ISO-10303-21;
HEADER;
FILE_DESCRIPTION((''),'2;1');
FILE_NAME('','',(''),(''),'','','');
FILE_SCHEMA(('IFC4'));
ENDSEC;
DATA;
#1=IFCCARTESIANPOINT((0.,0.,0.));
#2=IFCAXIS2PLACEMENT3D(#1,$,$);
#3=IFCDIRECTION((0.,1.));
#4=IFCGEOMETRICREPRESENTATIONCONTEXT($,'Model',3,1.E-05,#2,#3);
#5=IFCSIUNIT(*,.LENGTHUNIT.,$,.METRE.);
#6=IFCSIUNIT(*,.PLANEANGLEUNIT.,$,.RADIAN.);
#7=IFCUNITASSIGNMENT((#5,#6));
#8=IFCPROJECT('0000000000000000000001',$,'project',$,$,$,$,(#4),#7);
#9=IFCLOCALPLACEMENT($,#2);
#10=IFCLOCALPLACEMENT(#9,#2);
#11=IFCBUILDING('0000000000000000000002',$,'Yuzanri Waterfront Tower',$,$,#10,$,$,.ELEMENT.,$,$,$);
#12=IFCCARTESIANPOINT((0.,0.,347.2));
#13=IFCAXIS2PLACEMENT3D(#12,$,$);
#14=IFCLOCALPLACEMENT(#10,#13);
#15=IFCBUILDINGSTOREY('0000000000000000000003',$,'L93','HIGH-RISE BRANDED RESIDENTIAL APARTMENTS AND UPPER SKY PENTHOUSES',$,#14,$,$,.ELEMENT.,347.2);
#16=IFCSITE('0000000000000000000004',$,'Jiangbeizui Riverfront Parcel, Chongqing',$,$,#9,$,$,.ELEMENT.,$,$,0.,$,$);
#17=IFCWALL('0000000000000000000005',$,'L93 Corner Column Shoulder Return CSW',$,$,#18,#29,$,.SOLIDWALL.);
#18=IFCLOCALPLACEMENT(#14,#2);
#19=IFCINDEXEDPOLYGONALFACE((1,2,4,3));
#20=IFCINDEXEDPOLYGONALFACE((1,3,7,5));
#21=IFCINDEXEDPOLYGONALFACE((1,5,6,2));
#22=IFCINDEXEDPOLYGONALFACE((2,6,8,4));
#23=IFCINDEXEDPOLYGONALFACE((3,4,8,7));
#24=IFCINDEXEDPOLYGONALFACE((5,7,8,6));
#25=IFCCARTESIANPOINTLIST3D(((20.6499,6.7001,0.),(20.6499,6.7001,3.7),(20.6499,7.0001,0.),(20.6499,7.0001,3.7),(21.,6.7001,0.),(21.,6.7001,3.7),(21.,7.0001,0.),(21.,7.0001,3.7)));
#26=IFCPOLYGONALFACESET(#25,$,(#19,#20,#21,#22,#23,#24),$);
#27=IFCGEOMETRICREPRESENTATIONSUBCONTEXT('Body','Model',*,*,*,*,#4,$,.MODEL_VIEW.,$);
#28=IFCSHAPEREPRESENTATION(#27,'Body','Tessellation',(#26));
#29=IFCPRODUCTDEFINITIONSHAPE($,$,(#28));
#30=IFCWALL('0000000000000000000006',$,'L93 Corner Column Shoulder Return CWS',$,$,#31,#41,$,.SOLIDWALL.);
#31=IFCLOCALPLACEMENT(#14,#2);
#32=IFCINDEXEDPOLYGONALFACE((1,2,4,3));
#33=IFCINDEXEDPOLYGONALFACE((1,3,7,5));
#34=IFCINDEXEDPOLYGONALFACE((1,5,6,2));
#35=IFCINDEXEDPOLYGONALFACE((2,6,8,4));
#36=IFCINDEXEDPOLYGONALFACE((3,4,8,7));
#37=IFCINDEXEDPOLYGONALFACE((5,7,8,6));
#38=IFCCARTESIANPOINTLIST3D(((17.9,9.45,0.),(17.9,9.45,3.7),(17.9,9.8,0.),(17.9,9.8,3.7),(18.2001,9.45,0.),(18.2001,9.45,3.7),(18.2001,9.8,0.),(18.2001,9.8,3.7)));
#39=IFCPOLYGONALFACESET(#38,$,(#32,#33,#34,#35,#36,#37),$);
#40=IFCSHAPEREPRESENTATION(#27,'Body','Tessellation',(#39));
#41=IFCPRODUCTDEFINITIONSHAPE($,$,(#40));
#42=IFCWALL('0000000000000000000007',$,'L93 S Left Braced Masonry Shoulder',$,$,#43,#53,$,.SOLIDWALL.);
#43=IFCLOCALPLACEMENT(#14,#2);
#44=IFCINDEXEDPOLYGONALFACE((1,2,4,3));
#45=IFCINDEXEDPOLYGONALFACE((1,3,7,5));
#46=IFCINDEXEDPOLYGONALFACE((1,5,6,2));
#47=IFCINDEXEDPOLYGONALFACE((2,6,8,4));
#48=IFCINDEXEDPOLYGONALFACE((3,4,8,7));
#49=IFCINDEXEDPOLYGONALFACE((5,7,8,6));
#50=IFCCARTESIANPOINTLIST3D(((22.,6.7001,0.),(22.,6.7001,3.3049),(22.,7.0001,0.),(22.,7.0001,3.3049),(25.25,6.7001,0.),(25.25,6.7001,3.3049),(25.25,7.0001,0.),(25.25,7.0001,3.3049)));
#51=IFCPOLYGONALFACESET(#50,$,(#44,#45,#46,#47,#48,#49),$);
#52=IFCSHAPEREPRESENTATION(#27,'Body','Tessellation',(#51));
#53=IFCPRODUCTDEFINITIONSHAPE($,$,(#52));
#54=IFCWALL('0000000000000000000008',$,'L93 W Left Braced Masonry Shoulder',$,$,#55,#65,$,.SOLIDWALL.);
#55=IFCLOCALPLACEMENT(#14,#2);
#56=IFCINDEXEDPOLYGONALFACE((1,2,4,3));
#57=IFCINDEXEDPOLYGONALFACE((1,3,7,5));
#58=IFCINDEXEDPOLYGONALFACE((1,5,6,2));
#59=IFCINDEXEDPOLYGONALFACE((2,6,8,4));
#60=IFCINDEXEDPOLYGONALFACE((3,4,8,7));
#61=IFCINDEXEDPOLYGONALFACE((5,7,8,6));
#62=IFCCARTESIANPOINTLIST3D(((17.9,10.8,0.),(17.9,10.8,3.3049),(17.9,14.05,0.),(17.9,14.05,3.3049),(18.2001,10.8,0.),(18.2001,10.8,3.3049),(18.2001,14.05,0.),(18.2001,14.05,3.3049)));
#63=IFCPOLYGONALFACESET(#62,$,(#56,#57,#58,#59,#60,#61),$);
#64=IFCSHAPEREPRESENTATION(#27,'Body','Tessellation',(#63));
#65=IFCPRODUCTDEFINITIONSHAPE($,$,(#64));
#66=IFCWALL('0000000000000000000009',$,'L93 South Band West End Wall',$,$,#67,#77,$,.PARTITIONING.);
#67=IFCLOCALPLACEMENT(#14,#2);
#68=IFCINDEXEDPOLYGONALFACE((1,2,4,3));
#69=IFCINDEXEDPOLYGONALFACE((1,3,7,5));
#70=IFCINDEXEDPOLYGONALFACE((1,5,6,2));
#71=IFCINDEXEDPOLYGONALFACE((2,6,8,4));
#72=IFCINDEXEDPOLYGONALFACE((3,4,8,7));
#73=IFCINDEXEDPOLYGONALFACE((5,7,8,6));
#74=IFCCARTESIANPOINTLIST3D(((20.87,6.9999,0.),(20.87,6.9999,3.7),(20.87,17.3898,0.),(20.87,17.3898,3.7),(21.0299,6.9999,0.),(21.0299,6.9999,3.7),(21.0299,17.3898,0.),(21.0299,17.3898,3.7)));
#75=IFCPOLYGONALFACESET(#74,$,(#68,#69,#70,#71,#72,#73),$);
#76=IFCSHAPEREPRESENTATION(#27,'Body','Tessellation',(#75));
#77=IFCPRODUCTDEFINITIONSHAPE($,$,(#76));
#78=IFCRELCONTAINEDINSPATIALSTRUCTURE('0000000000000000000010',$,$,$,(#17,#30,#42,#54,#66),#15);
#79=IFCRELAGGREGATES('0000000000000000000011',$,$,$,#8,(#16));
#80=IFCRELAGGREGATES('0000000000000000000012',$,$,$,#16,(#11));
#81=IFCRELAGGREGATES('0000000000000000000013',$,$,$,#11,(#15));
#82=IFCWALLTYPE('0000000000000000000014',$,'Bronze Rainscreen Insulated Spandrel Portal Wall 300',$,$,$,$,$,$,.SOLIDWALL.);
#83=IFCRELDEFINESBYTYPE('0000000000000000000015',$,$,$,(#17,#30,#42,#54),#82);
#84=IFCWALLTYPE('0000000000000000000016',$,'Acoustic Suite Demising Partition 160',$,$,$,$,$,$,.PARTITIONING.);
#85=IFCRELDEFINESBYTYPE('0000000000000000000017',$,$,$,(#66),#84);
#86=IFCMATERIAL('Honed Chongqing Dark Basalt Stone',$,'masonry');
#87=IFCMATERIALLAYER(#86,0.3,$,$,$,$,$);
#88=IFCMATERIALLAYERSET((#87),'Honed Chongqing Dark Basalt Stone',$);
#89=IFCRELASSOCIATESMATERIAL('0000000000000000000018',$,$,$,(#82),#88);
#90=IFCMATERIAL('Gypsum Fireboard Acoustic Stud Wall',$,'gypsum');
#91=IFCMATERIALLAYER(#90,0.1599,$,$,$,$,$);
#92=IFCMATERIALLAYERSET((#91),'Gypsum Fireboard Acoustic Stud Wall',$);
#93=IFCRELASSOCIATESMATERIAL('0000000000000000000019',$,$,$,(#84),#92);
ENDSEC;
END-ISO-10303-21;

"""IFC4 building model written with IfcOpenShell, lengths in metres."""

from ifc_helpers import new_model, si_unit, direction, frame, frame_2d, origin, place, context, subcontext, project, spatial, rectangle, extrude, source, transform, mapped, material, layer, layer_set, type_object, element, save


model = new_model("IFC4")

# Units and contexts
model_context = context("Model", 3, precision=1e-05, world=origin(), true_north=direction((0.0, 1.0)))
body_context = subcontext(model_context, "Body", "Model", "MODEL_VIEW")
ifc_project = project(units=[si_unit("LENGTHUNIT", "METRE"), si_unit("PLANEANGLEUNIT", "RADIAN")], contexts=[model_context])

# Site, building, storey
site_placement = place(None, origin())
site = spatial("IfcSite", under=ifc_project, at=site_placement, Name="Jiangbeizui Riverfront Parcel, Chongqing", CompositionType="ELEMENT", RefElevation=0.0)
building_placement = place(site_placement, origin())
building = spatial("IfcBuilding", under=site, at=building_placement, Name="Yuzanri Waterfront Tower", CompositionType="ELEMENT")
storey_placement = place(building_placement, frame((0.0, 0.0, 347.2)))
storey = spatial("IfcBuildingStorey", under=building, at=storey_placement, Name="L93", Description="HIGH-RISE BRANDED RESIDENTIAL APARTMENTS AND UPPER SKY PENTHOUSES", CompositionType="ELEMENT", Elevation=347.2)

# Shared definitions
ifc_material_1 = material(Name="Honed Chongqing Dark Basalt Stone", Category="masonry")
ifc_layer_1 = layer(ifc_material_1, 0.3)
ifc_layer_set_1 = layer_set([ifc_layer_1], Name="Honed Chongqing Dark Basalt Stone")
wall_type_1 = type_object("IfcWallType", Name="Bronze Rainscreen Insulated Spandrel Portal Wall 300", PredefinedType="SOLIDWALL", material=ifc_layer_set_1)

# Walls
shared_shape_1 = source(origin(), body_context, "Body", "SweptSolid", [
    extrude(rectangle(XDim=0.3501, YDim=0.3, at=frame_2d((0.175, 0.0))), origin(), (0.0, 0.0, 1.0), 3.7),
])
for number, where, z_axis, x_axis, name in (
    (1, (20.6499, 6.8501, 0.0), (0.0, 0.0, 1.0), (1.0, 0.0, 0.0), "L93 Corner Column Shoulder Return CSW"),
    (2, (18.05, 9.45, 0.0), (0.0, 0.0, 1.0), (0.0, 1.0, 0.0), "L93 Corner Column Shoulder Return CWS"),
):
    element("IfcWall", number, at=place(storey_placement, frame(where, z_axis=z_axis, x_axis=x_axis)), inside=storey, type_object=wall_type_1, Name=name, PredefinedType="SOLIDWALL", context=body_context, shape_type="MappedRepresentation", body=[
        mapped(shared_shape_1, transform((0.0, 0.0, 0.0), scale=1.0)),
    ])
shared_shape_2 = source(origin(), body_context, "Body", "SweptSolid", [
    extrude(rectangle(XDim=3.25, YDim=0.3, at=frame_2d((1.625, 0.0))), origin(), (0.0, 0.0, 1.0), 3.3049),
])
for number, where, z_axis, x_axis, name in (
    (3, (22.0, 6.8501, 0.0), (0.0, 0.0, 1.0), (1.0, 0.0, 0.0), "L93 S Left Braced Masonry Shoulder"),
    (4, (18.05, 10.8, 0.0), (0.0, 0.0, 1.0), (0.0, 1.0, 0.0), "L93 W Left Braced Masonry Shoulder"),
):
    element("IfcWall", number, at=place(storey_placement, frame(where, z_axis=z_axis, x_axis=x_axis)), inside=storey, type_object=wall_type_1, Name=name, PredefinedType="SOLIDWALL", context=body_context, shape_type="MappedRepresentation", body=[
        mapped(shared_shape_2, transform((0.0, 0.0, 0.0), scale=1.0)),
    ])
ifc_material_2 = material(Name="Gypsum Fireboard Acoustic Stud Wall", Category="gypsum")
ifc_layer_2 = layer(ifc_material_2, 0.1599)
ifc_layer_set_2 = layer_set([ifc_layer_2], Name="Gypsum Fireboard Acoustic Stud Wall")
wall_type_2 = type_object("IfcWallType", Name="Acoustic Suite Demising Partition 160", PredefinedType="PARTITIONING", material=ifc_layer_set_2)
shared_shape_3 = source(origin(), body_context, "Body", "SweptSolid", [
    extrude(rectangle(XDim=10.3899, YDim=0.1599, at=frame_2d((5.1948, 0.0))), origin(), (0.0, 0.0, 1.0), 3.7),
])
wall_1_placement = place(storey_placement, frame((20.95, 7.0, 0.0), z_axis=(0.0, 0.0, 1.0), x_axis=(0.0, 1.0, 0.0)))
element("IfcWall", 5, at=wall_1_placement, inside=storey, type_object=wall_type_2, Name="L93 South Band West End Wall", PredefinedType="PARTITIONING", context=body_context, shape_type="MappedRepresentation", body=[
    mapped(shared_shape_3, transform((0.0, 0.0, 0.0), scale=1.0)),
])

save(model, "model.ifc")
